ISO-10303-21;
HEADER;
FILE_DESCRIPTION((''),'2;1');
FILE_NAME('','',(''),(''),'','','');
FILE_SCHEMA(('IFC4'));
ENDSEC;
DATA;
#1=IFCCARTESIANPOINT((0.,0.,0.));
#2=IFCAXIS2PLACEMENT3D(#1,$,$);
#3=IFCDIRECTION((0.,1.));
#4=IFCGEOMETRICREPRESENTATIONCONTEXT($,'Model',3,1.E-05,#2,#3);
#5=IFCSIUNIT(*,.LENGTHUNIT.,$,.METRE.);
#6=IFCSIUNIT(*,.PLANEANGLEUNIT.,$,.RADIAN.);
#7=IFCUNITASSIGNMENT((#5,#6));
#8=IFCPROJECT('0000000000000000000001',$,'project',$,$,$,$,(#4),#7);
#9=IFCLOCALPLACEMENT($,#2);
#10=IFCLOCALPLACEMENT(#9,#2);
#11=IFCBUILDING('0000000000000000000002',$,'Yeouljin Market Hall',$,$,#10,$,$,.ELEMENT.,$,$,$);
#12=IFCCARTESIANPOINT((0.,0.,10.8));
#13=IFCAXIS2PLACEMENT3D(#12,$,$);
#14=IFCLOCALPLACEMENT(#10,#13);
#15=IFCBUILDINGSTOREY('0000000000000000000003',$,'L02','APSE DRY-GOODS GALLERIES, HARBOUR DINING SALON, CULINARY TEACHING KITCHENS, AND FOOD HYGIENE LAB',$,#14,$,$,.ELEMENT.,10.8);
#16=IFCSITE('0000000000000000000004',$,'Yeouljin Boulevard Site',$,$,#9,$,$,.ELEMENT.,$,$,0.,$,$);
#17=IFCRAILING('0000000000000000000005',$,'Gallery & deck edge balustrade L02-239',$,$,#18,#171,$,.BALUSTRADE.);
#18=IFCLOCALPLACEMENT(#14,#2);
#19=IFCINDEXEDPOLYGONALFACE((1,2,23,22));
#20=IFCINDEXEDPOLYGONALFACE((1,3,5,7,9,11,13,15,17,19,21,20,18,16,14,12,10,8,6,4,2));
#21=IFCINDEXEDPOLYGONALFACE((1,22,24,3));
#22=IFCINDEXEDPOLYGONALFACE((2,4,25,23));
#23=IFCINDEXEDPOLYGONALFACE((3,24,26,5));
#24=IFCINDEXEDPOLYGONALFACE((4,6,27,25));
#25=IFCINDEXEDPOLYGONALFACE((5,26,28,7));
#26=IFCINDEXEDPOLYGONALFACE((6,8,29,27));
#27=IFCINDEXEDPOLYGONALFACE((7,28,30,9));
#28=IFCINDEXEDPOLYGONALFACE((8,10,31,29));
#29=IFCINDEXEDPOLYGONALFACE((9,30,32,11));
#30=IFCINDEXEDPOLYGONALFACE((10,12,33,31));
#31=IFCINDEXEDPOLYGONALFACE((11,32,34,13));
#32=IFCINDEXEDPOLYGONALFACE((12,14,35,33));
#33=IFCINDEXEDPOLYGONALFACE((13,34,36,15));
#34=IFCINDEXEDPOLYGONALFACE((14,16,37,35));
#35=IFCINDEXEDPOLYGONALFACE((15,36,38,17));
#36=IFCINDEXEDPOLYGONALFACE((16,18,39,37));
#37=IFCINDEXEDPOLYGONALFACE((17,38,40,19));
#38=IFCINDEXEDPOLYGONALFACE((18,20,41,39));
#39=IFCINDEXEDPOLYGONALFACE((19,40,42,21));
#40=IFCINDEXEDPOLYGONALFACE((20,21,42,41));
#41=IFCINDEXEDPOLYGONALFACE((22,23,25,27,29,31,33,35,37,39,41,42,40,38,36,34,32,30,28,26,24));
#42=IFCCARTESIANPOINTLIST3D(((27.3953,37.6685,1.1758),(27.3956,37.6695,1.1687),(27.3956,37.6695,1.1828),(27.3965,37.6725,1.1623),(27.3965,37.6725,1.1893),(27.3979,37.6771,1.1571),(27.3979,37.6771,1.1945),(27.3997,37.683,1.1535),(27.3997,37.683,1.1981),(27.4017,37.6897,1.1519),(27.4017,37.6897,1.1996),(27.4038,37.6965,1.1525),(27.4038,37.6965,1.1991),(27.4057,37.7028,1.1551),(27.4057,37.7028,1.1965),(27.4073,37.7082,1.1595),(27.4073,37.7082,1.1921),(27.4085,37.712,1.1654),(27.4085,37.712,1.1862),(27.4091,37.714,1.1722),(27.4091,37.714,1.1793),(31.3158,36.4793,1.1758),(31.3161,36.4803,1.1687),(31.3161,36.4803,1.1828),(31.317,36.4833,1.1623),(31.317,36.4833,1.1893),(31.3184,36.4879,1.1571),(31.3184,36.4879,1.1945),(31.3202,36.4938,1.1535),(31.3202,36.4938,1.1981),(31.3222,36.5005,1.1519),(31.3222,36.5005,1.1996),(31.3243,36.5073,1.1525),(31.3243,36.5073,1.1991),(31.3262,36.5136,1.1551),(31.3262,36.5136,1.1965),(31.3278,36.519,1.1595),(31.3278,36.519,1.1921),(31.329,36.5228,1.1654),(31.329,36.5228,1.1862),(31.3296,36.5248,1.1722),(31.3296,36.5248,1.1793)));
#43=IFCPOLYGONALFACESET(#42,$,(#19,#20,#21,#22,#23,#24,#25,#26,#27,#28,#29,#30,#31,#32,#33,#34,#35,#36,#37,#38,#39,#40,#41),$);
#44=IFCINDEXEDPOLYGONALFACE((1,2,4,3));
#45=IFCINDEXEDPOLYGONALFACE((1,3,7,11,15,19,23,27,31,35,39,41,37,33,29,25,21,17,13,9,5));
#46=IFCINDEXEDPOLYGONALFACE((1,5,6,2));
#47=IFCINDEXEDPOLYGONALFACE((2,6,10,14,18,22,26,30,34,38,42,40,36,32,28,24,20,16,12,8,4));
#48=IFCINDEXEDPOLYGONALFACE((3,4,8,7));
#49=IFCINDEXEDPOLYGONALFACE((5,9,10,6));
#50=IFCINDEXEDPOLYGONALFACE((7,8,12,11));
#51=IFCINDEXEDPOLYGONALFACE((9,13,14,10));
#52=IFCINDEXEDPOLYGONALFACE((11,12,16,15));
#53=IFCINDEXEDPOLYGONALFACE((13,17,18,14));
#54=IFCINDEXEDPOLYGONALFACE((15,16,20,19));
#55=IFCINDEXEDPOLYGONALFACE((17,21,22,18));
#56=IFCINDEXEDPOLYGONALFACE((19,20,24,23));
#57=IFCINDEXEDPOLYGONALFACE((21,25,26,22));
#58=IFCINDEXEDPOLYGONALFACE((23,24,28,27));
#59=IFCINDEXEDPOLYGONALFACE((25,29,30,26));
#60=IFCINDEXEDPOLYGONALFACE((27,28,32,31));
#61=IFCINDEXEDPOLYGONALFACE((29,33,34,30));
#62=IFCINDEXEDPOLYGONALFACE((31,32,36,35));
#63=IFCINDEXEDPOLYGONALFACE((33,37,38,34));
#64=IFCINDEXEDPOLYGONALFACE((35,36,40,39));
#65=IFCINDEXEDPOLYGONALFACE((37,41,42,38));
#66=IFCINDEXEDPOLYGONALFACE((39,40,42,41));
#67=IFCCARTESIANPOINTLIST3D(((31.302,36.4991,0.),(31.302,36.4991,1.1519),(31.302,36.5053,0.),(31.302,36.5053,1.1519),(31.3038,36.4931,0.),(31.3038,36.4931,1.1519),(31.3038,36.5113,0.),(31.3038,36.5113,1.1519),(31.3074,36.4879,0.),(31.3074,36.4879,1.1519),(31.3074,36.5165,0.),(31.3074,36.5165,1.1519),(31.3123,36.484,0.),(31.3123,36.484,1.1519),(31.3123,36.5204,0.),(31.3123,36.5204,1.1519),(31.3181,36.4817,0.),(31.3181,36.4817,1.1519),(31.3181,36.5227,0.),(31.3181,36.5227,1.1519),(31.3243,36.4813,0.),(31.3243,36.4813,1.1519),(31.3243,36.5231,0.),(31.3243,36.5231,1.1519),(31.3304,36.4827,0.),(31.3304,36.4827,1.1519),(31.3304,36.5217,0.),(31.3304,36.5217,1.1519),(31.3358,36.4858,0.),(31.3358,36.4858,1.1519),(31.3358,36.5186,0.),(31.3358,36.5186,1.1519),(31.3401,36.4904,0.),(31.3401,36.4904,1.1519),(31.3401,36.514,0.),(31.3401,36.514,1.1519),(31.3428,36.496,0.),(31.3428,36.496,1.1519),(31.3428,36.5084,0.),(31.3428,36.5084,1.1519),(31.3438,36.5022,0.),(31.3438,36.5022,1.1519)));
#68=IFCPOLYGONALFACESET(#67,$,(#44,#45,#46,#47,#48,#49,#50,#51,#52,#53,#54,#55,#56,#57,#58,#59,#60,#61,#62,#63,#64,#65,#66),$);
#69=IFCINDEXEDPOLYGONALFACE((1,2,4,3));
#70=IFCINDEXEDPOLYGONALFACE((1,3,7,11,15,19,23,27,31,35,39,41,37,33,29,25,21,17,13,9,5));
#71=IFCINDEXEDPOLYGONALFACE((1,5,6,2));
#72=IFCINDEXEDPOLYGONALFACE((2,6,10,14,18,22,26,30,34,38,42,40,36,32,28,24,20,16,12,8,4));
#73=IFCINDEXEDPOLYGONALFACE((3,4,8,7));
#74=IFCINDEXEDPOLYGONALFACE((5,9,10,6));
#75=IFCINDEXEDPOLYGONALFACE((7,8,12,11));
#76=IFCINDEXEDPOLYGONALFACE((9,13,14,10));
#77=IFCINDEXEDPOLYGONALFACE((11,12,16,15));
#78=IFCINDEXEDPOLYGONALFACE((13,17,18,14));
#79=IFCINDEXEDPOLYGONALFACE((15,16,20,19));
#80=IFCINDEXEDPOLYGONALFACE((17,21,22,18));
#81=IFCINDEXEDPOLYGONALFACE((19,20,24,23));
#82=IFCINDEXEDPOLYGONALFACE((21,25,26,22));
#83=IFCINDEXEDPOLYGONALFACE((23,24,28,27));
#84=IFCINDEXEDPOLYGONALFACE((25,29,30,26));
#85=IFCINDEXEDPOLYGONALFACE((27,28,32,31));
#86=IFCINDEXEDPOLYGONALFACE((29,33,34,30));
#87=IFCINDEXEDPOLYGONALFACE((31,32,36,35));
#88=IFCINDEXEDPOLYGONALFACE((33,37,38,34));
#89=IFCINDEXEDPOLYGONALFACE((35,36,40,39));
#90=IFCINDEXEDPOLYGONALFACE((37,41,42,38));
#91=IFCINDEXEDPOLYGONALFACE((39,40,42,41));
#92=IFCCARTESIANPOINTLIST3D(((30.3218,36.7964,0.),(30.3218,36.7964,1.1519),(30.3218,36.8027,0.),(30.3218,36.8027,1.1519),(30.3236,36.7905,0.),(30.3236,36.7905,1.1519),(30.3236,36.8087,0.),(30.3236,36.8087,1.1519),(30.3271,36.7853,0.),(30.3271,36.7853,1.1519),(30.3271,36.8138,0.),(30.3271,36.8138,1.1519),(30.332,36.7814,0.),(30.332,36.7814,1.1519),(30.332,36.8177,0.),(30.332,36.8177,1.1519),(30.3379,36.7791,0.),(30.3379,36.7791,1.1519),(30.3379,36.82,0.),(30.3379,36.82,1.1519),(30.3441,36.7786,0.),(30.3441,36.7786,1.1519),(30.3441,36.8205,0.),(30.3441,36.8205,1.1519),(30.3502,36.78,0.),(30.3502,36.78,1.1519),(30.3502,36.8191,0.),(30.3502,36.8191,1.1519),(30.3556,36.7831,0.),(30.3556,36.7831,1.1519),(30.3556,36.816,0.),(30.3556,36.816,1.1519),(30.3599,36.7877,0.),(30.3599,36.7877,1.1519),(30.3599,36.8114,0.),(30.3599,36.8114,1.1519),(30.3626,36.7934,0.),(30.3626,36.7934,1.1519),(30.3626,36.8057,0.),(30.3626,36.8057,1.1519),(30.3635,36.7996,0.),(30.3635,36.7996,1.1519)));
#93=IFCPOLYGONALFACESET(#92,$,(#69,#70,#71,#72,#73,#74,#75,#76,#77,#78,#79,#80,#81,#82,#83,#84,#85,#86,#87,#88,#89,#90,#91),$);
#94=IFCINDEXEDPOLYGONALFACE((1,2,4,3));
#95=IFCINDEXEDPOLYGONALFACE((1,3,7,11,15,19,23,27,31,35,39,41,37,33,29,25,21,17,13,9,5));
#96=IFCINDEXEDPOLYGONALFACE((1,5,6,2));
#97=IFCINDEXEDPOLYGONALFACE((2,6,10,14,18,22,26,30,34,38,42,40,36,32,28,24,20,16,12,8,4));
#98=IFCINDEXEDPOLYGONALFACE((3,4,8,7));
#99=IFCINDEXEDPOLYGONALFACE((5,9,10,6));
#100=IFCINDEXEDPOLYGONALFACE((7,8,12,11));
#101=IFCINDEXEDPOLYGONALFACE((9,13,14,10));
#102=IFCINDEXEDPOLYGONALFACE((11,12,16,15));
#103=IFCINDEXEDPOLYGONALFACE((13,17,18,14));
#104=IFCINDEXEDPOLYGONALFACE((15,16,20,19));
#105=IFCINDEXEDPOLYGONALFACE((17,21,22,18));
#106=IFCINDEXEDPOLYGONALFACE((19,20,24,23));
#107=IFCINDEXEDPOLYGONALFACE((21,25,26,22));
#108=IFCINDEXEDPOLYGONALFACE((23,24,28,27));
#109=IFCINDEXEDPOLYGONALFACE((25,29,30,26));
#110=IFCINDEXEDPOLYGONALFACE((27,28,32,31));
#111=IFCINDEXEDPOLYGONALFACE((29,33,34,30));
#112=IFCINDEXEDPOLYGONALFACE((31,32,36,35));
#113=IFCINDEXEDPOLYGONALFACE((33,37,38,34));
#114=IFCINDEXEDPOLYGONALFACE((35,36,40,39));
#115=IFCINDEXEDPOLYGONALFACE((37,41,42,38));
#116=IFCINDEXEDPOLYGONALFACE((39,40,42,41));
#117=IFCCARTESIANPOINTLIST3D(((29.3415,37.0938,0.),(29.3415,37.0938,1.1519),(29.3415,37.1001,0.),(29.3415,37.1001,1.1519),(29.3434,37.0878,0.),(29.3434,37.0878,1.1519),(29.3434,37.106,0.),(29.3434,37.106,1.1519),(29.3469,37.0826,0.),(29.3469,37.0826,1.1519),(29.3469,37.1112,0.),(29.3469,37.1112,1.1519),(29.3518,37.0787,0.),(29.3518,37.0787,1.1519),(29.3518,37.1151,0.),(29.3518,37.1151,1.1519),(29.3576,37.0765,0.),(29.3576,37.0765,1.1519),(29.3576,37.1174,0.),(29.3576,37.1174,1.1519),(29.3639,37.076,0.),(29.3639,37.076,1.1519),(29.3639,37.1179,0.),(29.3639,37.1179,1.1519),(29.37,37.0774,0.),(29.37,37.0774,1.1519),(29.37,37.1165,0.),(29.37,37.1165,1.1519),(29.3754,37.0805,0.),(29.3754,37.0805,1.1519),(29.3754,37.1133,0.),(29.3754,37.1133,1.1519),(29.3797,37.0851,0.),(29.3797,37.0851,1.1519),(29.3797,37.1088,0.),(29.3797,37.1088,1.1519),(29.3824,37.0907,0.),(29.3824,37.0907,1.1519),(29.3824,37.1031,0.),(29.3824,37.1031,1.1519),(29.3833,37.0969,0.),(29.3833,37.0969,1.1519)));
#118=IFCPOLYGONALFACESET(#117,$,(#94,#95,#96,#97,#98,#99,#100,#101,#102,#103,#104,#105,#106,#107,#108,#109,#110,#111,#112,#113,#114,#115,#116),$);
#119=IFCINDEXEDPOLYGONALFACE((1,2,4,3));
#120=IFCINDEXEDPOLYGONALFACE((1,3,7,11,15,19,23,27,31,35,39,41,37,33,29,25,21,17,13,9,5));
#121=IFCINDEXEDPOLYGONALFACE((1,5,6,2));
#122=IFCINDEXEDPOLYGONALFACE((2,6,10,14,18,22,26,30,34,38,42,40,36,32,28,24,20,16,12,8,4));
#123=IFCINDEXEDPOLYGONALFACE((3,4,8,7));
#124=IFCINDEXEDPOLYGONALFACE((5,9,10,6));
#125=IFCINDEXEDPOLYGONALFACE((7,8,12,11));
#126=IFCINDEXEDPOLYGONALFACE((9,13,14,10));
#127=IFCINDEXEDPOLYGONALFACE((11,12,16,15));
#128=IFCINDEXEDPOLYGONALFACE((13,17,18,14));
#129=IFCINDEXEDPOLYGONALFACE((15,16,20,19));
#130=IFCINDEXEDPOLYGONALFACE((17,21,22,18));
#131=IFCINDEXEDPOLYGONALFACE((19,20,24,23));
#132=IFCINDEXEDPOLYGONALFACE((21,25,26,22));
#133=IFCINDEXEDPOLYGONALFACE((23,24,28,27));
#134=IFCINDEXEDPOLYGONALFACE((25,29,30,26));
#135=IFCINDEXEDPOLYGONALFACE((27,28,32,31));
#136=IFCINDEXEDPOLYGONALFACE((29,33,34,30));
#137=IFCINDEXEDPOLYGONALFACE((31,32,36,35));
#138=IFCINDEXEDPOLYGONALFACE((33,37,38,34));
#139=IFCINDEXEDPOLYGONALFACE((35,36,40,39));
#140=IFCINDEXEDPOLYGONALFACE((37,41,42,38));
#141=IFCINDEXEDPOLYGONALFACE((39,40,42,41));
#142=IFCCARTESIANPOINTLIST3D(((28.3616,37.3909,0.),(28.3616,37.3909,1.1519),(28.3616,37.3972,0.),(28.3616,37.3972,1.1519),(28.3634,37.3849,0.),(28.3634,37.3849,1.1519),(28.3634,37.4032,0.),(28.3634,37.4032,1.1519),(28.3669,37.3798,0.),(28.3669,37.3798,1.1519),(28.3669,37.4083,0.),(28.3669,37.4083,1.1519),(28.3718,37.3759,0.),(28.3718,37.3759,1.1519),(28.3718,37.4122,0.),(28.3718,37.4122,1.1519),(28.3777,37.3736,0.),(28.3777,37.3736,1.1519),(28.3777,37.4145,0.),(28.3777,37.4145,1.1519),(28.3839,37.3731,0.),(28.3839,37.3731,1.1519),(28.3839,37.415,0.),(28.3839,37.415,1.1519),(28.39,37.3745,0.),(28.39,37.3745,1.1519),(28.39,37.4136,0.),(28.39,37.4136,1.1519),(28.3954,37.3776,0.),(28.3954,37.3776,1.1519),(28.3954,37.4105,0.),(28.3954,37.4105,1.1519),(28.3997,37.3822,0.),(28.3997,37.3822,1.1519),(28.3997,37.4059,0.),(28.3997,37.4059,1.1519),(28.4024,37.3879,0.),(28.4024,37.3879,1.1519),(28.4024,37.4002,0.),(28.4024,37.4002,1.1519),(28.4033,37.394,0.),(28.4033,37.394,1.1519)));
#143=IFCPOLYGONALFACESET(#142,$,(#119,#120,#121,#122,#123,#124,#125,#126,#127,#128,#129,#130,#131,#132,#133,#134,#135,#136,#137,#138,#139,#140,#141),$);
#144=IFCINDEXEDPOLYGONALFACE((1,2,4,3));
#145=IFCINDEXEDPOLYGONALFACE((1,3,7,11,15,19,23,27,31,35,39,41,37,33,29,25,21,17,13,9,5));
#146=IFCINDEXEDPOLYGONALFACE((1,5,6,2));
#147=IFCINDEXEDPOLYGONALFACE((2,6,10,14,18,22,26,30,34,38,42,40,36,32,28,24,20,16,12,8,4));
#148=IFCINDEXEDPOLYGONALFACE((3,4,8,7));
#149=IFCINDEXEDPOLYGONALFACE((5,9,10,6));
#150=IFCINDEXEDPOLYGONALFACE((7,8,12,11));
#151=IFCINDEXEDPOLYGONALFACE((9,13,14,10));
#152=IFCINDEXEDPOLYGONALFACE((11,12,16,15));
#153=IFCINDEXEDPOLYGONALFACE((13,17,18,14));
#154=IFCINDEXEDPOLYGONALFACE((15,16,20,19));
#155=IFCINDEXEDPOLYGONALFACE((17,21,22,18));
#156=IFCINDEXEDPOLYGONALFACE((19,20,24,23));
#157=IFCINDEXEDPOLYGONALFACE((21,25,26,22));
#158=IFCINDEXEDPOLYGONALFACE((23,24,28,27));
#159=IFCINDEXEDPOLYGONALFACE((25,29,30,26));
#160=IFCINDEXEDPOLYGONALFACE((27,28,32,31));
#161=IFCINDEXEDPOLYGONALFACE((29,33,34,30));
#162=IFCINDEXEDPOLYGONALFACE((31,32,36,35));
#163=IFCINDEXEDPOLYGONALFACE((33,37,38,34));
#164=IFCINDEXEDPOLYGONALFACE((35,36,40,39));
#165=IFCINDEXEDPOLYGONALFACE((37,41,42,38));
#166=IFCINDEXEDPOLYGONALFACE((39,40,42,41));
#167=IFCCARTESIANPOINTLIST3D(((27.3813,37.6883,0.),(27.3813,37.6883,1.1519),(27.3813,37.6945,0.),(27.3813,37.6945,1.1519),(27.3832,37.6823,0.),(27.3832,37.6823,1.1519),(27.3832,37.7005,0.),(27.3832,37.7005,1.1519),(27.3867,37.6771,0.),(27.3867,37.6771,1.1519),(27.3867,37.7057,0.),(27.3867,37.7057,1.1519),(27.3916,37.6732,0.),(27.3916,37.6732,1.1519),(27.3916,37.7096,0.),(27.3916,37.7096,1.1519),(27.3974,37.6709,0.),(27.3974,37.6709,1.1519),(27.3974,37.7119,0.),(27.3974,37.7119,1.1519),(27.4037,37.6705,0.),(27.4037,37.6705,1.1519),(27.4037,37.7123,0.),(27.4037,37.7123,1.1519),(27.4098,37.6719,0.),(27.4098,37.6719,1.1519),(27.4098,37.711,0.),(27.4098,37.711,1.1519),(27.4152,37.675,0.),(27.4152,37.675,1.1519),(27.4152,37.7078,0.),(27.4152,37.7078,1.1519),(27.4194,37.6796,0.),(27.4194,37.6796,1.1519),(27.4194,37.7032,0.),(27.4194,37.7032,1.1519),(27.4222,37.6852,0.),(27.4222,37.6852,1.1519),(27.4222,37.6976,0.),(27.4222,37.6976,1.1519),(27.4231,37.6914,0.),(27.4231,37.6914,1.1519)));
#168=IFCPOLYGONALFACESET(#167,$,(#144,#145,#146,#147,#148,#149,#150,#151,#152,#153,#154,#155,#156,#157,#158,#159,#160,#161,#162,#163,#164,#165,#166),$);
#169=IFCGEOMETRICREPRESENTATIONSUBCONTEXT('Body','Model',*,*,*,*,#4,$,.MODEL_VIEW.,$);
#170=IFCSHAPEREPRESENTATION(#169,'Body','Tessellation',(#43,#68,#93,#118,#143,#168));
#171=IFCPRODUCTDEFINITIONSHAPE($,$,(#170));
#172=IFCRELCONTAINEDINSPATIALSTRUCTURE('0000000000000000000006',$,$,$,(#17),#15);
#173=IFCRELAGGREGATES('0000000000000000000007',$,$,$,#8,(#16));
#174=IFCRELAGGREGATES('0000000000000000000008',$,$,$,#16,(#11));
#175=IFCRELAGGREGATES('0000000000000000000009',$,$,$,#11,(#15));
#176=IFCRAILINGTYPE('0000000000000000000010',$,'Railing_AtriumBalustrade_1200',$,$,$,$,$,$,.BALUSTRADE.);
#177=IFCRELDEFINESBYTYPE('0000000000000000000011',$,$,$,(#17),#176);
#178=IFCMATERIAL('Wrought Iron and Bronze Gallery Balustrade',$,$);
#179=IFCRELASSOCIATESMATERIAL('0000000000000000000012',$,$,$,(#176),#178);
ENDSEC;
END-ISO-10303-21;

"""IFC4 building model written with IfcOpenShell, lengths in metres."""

from ifc_helpers import new_model, si_unit, direction, frame, origin, origin_2d, place, context, subcontext, project, spatial, circle, extrude, material, type_object, element, save


model = new_model("IFC4")

# Units and contexts
model_context = context("Model", 3, precision=1e-05, world=origin(), true_north=direction((0.0, 1.0)))
body_context = subcontext(model_context, "Body", "Model", "MODEL_VIEW")
ifc_project = project(units=[si_unit("LENGTHUNIT", "METRE"), si_unit("PLANEANGLEUNIT", "RADIAN")], contexts=[model_context])

# Site, building, storey
site_placement = place(None, origin())
site = spatial("IfcSite", under=ifc_project, at=site_placement, Name="Yeouljin Boulevard Site", CompositionType="ELEMENT", RefElevation=0.0)
building_placement = place(site_placement, origin())
building = spatial("IfcBuilding", under=site, at=building_placement, Name="Yeouljin Market Hall", CompositionType="ELEMENT")
storey_placement = place(building_placement, frame((0.0, 0.0, 10.8)))
storey = spatial("IfcBuildingStorey", under=building, at=storey_placement, Name="L02", Description="APSE DRY-GOODS GALLERIES, HARBOUR DINING SALON, CULINARY TEACHING KITCHENS, AND FOOD HYGIENE LAB", CompositionType="ELEMENT", Elevation=10.8)

# Railing
ifc_material_1 = material(Name="Wrought Iron and Bronze Gallery Balustrade")
railing_type = type_object("IfcRailingType", Name="Railing_AtriumBalustrade_1200", PredefinedType="BALUSTRADE", material=ifc_material_1)
railing_1_placement = place(storey_placement, frame((31.3228, 36.5022, 0.0)))
element("IfcRailing", 1, at=railing_1_placement, inside=storey, type_object=railing_type, Name="Gallery & deck edge balustrade L02-239", PredefinedType="BALUSTRADE", context=body_context, shape_type="SweptSolid", body=[
    extrude(circle(Radius=0.0239, at=origin_2d()), frame((0.0, 0.0, 1.1758), z_axis=(-0.956948, 0.29026, 0.0), x_axis=(-0.29026, -0.956948, 0.0)), (0.0, 0.0, 1.0), 4.0969),
    extrude(circle(Radius=0.021, at=origin_2d()), origin(), (0.0, 0.0, 1.0), 1.1519),
    extrude(circle(Radius=0.021, at=origin_2d()), frame((-0.9802, 0.2974, 0.0)), (0.0, 0.0, 1.0), 1.1519),
    extrude(circle(Radius=0.021, at=origin_2d()), frame((-1.9604, 0.5947, 0.0)), (0.0, 0.0, 1.0), 1.1519),
    extrude(circle(Radius=0.021, at=origin_2d()), frame((-2.9404, 0.8918, 0.0)), (0.0, 0.0, 1.0), 1.1519),
    extrude(circle(Radius=0.021, at=origin_2d()), frame((-3.9207, 1.1892, 0.0)), (0.0, 0.0, 1.0), 1.1519),
])

save(model, "model.ifc")
